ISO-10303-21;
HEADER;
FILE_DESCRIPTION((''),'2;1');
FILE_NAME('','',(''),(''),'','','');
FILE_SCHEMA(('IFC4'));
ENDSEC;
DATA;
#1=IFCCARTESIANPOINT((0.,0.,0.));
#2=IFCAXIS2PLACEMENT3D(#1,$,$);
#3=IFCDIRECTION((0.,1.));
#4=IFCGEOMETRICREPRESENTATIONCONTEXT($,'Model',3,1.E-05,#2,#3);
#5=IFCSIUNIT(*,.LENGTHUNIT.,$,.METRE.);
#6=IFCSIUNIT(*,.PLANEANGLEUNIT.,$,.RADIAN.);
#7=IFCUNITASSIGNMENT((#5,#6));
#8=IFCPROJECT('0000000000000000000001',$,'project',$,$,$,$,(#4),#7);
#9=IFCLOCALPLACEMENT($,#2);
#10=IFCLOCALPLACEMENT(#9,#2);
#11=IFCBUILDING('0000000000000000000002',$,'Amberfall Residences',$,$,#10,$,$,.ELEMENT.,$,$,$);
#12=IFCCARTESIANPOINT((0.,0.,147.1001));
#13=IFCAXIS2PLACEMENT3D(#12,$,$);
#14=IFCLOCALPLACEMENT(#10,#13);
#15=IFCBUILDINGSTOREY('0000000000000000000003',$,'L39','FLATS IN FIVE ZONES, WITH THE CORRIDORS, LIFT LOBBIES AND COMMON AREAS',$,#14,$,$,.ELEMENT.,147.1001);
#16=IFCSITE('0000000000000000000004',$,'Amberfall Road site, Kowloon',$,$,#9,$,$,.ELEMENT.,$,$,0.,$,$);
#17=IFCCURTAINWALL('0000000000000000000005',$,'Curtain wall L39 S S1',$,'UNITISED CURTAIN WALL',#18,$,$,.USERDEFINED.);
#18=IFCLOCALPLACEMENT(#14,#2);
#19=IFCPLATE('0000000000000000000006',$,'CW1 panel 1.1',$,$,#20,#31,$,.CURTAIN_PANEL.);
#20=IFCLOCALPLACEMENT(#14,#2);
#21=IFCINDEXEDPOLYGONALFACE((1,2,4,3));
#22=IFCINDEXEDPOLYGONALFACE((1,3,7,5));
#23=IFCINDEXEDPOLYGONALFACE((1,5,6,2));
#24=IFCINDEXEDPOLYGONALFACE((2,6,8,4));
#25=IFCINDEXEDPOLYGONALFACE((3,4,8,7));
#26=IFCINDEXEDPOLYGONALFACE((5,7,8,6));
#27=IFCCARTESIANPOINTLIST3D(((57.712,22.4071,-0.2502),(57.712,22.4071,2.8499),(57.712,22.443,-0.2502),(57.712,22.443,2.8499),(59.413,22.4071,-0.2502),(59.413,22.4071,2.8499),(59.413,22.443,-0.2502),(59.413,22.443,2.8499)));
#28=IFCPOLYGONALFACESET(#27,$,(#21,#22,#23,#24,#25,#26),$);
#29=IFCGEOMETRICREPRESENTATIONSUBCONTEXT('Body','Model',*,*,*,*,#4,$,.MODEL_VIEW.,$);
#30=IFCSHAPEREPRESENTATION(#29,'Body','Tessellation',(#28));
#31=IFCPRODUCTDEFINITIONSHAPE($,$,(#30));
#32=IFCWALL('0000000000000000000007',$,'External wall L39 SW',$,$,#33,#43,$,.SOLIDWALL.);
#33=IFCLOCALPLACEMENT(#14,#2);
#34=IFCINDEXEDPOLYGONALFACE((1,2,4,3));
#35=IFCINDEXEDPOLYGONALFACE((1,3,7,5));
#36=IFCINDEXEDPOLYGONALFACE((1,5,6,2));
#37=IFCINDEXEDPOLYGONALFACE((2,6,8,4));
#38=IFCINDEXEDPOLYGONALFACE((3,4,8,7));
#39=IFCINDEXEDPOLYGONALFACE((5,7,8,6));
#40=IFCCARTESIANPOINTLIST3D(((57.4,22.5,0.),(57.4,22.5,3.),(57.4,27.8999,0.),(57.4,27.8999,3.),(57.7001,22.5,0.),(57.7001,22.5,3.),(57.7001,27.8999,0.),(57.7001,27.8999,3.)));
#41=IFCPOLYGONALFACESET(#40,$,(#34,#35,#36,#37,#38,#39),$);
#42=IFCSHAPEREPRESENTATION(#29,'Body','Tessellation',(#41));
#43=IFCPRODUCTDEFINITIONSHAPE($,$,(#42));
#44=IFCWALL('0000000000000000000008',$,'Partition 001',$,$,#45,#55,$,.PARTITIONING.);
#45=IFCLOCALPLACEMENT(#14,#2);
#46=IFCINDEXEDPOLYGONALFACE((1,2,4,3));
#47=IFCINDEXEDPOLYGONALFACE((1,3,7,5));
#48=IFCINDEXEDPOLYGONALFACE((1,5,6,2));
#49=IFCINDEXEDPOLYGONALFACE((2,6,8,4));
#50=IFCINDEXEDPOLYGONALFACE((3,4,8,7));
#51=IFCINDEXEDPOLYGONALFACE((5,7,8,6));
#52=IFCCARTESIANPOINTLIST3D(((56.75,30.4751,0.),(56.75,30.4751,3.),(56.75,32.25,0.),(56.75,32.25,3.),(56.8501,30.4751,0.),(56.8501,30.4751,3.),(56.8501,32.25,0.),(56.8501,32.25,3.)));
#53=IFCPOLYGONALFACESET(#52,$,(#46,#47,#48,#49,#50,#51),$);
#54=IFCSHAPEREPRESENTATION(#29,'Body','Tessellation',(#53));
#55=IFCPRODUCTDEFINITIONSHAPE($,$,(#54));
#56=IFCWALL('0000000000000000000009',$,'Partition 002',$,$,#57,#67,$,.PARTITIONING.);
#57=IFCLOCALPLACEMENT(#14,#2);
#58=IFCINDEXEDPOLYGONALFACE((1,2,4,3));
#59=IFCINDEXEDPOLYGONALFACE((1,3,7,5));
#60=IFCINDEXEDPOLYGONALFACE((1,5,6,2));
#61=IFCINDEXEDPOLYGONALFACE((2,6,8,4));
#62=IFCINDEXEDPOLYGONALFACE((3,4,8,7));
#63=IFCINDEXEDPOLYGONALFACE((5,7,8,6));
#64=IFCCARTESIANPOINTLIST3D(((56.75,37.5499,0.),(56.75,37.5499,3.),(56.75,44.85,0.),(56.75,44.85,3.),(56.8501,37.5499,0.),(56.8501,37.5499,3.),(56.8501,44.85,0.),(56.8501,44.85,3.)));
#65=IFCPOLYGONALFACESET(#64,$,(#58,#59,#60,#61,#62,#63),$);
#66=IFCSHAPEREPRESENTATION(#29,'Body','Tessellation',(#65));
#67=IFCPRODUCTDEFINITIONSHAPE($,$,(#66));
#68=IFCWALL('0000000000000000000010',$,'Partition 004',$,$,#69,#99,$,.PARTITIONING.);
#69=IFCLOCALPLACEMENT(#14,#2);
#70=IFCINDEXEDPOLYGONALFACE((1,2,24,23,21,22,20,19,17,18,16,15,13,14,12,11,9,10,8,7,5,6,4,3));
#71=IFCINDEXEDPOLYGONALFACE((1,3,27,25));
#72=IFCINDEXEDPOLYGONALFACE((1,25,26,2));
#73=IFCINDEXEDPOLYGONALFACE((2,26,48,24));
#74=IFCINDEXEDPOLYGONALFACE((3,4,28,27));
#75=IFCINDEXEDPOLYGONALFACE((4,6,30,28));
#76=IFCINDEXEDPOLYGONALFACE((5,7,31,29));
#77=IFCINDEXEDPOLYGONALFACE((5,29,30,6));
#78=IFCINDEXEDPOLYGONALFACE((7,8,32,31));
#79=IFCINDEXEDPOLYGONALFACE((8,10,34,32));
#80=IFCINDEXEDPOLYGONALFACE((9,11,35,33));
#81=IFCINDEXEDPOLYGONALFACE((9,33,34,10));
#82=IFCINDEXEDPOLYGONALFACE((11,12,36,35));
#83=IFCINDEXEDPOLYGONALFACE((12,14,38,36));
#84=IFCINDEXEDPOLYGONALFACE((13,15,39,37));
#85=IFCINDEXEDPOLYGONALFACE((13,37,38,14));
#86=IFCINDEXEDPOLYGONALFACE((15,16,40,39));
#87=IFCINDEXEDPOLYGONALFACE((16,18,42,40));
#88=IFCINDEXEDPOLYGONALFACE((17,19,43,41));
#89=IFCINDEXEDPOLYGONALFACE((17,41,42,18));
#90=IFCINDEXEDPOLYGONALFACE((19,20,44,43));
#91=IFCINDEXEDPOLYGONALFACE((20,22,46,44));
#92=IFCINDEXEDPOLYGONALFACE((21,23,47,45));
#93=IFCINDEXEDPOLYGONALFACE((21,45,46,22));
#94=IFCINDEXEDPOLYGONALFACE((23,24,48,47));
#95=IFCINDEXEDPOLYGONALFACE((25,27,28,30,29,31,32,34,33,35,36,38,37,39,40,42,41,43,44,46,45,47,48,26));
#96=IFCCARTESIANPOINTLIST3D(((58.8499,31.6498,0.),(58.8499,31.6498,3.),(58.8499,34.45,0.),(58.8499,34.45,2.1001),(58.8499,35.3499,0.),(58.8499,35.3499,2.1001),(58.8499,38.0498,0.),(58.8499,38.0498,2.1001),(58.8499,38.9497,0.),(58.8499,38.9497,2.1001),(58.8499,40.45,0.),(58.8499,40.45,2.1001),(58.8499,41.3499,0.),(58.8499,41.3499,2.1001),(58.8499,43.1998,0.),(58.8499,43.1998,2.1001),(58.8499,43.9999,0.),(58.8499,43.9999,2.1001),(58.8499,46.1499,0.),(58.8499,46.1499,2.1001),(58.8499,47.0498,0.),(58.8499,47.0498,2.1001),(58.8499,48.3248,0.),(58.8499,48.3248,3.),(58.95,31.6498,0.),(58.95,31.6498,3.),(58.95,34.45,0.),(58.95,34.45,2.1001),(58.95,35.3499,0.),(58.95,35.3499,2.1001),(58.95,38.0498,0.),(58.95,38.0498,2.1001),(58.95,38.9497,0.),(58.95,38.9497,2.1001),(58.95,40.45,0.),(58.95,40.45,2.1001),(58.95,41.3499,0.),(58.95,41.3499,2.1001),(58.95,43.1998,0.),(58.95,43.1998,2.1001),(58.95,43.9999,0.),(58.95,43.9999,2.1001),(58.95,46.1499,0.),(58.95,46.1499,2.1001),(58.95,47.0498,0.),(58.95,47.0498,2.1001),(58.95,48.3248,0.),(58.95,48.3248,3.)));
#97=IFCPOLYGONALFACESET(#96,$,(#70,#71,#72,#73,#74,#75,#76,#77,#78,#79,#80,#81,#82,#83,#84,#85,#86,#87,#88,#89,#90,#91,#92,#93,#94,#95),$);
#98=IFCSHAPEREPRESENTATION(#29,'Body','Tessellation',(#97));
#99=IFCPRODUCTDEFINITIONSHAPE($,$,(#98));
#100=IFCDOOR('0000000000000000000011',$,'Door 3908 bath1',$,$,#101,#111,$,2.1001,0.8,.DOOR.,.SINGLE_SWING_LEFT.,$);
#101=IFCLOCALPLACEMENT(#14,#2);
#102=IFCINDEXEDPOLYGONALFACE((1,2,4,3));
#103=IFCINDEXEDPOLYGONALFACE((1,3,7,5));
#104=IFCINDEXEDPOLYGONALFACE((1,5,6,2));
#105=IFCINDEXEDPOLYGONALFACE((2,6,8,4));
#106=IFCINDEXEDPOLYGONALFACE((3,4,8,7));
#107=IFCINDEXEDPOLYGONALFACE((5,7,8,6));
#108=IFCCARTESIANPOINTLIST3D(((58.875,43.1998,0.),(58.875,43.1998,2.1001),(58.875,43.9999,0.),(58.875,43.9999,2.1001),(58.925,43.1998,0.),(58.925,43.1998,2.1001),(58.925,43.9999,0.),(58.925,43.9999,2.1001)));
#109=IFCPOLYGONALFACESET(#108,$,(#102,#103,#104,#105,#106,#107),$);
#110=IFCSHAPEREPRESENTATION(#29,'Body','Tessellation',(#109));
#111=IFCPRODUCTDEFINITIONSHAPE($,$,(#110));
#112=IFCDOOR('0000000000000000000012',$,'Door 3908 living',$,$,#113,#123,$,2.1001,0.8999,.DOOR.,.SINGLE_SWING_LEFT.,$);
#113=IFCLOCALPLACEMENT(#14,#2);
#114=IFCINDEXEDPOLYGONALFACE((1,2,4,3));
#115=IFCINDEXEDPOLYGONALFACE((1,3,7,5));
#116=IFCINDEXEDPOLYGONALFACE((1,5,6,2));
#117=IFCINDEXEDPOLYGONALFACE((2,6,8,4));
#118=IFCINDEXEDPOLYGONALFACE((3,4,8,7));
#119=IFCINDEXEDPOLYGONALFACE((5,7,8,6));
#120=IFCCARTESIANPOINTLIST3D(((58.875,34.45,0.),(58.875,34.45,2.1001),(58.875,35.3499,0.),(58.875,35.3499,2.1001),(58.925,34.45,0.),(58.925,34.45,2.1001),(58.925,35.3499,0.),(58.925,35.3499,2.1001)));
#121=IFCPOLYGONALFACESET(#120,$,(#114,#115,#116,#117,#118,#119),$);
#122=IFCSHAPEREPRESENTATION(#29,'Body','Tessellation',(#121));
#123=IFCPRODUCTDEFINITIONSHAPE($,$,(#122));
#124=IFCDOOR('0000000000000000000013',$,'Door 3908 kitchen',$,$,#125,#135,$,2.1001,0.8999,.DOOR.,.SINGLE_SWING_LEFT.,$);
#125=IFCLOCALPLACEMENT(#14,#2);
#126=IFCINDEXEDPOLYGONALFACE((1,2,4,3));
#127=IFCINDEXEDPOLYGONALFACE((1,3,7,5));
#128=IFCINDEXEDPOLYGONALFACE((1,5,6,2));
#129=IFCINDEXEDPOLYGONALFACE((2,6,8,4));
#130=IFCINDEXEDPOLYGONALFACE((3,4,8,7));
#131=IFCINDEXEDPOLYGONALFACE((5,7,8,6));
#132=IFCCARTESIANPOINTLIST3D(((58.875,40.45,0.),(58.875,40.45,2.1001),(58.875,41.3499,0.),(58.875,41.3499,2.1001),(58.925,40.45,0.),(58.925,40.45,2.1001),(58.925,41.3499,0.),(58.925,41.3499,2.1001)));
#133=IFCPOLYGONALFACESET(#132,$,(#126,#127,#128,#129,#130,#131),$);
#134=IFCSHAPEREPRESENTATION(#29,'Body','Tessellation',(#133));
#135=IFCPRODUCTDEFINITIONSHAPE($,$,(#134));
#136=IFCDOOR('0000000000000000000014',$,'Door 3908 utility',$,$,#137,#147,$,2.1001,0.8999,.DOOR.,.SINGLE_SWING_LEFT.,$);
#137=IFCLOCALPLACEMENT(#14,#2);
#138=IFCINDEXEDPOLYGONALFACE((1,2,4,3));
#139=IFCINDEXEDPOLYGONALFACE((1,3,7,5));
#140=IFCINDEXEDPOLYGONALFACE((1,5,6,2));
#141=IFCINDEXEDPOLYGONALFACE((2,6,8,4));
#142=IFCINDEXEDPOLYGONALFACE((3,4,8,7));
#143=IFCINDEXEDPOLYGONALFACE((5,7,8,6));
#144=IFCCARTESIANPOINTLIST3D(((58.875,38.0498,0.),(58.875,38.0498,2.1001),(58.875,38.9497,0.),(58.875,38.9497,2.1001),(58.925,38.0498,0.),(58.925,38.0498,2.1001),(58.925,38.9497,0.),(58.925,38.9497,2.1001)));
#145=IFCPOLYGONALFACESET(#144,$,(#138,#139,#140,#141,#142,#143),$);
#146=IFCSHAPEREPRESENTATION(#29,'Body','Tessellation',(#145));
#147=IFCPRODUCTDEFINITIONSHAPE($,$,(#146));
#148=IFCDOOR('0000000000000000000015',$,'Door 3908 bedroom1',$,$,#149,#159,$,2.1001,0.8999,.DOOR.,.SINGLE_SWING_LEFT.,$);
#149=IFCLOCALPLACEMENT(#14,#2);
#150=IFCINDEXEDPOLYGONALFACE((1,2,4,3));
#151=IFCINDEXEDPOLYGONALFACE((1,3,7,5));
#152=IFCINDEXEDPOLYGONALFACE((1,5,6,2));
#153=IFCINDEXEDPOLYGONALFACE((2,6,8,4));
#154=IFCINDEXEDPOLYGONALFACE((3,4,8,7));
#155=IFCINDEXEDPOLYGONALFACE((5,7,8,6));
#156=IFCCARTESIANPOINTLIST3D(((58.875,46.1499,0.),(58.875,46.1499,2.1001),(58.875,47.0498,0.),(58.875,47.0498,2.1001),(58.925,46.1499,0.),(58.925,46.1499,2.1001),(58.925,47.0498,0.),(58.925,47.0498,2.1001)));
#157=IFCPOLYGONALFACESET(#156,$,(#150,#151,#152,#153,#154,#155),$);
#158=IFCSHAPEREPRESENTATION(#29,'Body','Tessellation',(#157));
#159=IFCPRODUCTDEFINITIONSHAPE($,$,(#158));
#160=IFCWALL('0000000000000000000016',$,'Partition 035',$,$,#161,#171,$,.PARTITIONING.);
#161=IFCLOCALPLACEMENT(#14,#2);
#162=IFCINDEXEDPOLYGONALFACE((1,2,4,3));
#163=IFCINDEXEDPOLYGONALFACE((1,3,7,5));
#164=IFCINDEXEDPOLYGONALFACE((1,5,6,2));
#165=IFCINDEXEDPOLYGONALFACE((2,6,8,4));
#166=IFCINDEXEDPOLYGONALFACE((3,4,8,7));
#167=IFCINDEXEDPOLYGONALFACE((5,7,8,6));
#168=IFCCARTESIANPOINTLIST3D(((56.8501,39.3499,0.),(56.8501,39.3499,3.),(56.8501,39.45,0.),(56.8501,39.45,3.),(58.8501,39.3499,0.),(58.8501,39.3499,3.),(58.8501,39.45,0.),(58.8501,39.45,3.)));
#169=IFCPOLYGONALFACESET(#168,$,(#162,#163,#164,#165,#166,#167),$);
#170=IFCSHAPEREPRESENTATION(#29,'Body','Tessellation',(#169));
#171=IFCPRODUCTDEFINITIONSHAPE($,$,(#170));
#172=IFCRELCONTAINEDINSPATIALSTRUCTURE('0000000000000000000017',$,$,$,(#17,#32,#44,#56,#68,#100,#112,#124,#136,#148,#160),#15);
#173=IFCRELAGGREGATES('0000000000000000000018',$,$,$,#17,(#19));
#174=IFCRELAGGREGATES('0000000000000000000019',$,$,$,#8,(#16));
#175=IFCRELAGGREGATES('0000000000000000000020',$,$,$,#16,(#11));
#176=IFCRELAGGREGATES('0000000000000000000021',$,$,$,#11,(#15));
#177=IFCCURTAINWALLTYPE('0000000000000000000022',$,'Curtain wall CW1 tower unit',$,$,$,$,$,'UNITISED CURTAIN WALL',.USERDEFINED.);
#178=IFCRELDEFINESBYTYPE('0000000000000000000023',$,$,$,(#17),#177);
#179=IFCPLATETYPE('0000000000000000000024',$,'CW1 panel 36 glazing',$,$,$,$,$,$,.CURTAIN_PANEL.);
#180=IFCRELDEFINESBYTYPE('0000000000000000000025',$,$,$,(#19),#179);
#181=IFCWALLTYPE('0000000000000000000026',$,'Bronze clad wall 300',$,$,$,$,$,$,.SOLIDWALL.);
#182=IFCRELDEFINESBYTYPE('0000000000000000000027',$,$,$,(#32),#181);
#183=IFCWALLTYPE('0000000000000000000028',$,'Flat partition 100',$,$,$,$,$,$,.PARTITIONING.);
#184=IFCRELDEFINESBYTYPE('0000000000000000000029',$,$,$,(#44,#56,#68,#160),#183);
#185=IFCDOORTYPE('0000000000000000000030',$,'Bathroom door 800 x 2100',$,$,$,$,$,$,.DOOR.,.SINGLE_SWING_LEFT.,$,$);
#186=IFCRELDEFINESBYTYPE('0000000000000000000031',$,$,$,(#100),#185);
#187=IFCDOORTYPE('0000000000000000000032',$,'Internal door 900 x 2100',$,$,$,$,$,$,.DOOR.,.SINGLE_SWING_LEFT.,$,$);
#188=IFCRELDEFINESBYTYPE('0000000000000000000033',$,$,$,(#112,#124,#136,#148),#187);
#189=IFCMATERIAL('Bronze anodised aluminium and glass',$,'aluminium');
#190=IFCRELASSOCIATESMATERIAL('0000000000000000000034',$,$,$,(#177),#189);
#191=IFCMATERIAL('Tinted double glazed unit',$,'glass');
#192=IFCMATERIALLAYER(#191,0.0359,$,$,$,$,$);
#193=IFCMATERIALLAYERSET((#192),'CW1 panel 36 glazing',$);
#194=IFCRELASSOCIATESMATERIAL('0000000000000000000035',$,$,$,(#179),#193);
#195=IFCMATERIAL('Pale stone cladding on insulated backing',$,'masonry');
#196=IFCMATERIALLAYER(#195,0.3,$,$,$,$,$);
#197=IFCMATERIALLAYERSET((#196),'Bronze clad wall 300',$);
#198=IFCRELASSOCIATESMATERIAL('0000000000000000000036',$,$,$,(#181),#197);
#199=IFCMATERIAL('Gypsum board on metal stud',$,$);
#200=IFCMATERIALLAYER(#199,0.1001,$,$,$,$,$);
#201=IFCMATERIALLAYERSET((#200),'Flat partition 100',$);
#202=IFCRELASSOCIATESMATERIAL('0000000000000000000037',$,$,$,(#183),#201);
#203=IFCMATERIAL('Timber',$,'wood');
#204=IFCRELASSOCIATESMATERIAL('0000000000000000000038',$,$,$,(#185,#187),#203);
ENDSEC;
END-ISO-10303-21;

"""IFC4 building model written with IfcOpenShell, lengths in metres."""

from ifc_helpers import new_model, si_unit, direction, frame, frame_2d, origin, origin_2d, place, context, subcontext, project, spatial, rectangle, extrude, material, layer, layer_set, type_object, element, fill, aggregate, save


model = new_model("IFC4")

# Units and contexts
model_context = context("Model", 3, precision=1e-05, world=origin(), true_north=direction((0.0, 1.0)))
body_context = subcontext(model_context, "Body", "Model", "MODEL_VIEW")
ifc_project = project(units=[si_unit("LENGTHUNIT", "METRE"), si_unit("PLANEANGLEUNIT", "RADIAN")], contexts=[model_context])

# Site, building, storey
site_placement = place(None, origin())
site = spatial("IfcSite", under=ifc_project, at=site_placement, Name="Amberfall Road site, Kowloon", CompositionType="ELEMENT", RefElevation=0.0)
building_placement = place(site_placement, origin())
building = spatial("IfcBuilding", under=site, at=building_placement, Name="Amberfall Residences", CompositionType="ELEMENT")
storey_placement = place(building_placement, frame((0.0, 0.0, 147.1001)))
storey = spatial("IfcBuildingStorey", under=building, at=storey_placement, Name="L39", Description="FLATS IN FIVE ZONES, WITH THE CORRIDORS, LIFT LOBBIES AND COMMON AREAS", CompositionType="ELEMENT", Elevation=147.1001)

# Curtain wall
ifc_material_1 = material(Name="Bronze anodised aluminium and glass", Category="aluminium")
curtain_wall_type = type_object("IfcCurtainWallType", Name="Curtain wall CW1 tower unit", ElementType="UNITISED CURTAIN WALL", PredefinedType="USERDEFINED", material=ifc_material_1)
curtain_wall_placement = place(storey_placement, origin())
curtain_wall = element("IfcCurtainWall", 1, at=curtain_wall_placement, inside=storey, type_object=curtain_wall_type, Name="Curtain wall L39 S S1", ObjectType="UNITISED CURTAIN WALL", PredefinedType="USERDEFINED")

# Plate
ifc_material_2 = material(Name="Tinted double glazed unit", Category="glass")
ifc_layer_1 = layer(ifc_material_2, 0.0359)
ifc_layer_set_1 = layer_set([ifc_layer_1], Name="CW1 panel 36 glazing")
plate_type = type_object("IfcPlateType", Name="CW1 panel 36 glazing", PredefinedType="CURTAIN_PANEL", material=ifc_layer_set_1)
plate_placement = place(storey_placement, frame((58.5625, 22.425, -0.2502), z_axis=(0.0, 0.0, 1.0), x_axis=(1.0, 0.0, 0.0)))
plate = element("IfcPlate", 2, at=plate_placement, type_object=plate_type, Name="CW1 panel 1.1", PredefinedType="CURTAIN_PANEL", context=body_context, shape_type="SweptSolid", body=[
    extrude(rectangle(XDim=1.7009, YDim=0.0359, at=origin_2d()), origin(), (0.0, 0.0, 1.0), 3.1001),
])
aggregate(curtain_wall, [plate])

# Walls
ifc_material_3 = material(Name="Pale stone cladding on insulated backing", Category="masonry")
ifc_layer_2 = layer(ifc_material_3, 0.3)
ifc_layer_set_2 = layer_set([ifc_layer_2], Name="Bronze clad wall 300")
wall_type_1 = type_object("IfcWallType", Name="Bronze clad wall 300", PredefinedType="SOLIDWALL", material=ifc_layer_set_2)
wall_1_placement = place(storey_placement, frame((57.55, 27.8999, 0.0), z_axis=(0.0, 0.0, 1.0), x_axis=(0.0, -1.0, 0.0)))
element("IfcWall", 3, at=wall_1_placement, inside=storey, type_object=wall_type_1, Name="External wall L39 SW", PredefinedType="SOLIDWALL", context=body_context, shape_type="SweptSolid", body=[
    extrude(rectangle(XDim=5.3999, YDim=0.3, at=frame_2d((2.7, 0.0))), origin(), (0.0, 0.0, 1.0), 3.0),
])
ifc_material_4 = material(Name="Gypsum board on metal stud")
ifc_layer_3 = layer(ifc_material_4, 0.1001)
ifc_layer_set_3 = layer_set([ifc_layer_3], Name="Flat partition 100")
wall_type_2 = type_object("IfcWallType", Name="Flat partition 100", PredefinedType="PARTITIONING", material=ifc_layer_set_3)
wall_2_placement = place(storey_placement, frame((56.8, 30.4751, 0.0), z_axis=(0.0, 0.0, 1.0), x_axis=(0.0, 1.0, 0.0)))
element("IfcWall", 4, at=wall_2_placement, inside=storey, type_object=wall_type_2, Name="Partition 001", PredefinedType="PARTITIONING", context=body_context, shape_type="SweptSolid", body=[
    extrude(rectangle(XDim=1.7749, YDim=0.1001, at=frame_2d((0.8875, 0.0))), origin(), (0.0, 0.0, 1.0), 3.0),
])
wall_3_placement = place(storey_placement, frame((56.8, 37.55, 0.0), z_axis=(0.0, 0.0, 1.0), x_axis=(0.0, 1.0, 0.0)))
element("IfcWall", 5, at=wall_3_placement, inside=storey, type_object=wall_type_2, Name="Partition 002", PredefinedType="PARTITIONING", context=body_context, shape_type="SweptSolid", body=[
    extrude(rectangle(XDim=7.3, YDim=0.1001, at=frame_2d((3.6499, 0.0))), origin(), (0.0, 0.0, 1.0), 3.0),
])

# Wall, openings, doors
wall_4_placement = place(storey_placement, frame((58.8999, 31.6499, 0.0), z_axis=(0.0, 0.0, 1.0), x_axis=(0.0, 1.0, 0.0)))
wall_4 = element("IfcWall", 6, at=wall_4_placement, inside=storey, type_object=wall_type_2, Name="Partition 004", PredefinedType="PARTITIONING", context=body_context, shape_type="SweptSolid", body=[
    extrude(rectangle(XDim=16.675, YDim=0.1001, at=frame_2d((8.3374, 0.0))), origin(), (0.0, 0.0, 1.0), 3.0),
])
opening_1_placement = place(wall_4_placement, frame((2.8, 0.0, 0.0)))
opening_1 = element("IfcOpeningElement", 7, at=opening_1_placement, cuts=wall_4, PredefinedType="OPENING", context=body_context, shape_type="SweptSolid", body=[
    extrude(rectangle(XDim=0.8999, YDim=2.1001, at=frame_2d((0.45, 1.05))), frame((0.0, 0.0601, 0.0), z_axis=(0.0, -1.0, 0.0), x_axis=(1.0, 0.0, 0.0)), (0.0, 0.0, 1.0), 0.1201),
])
opening_2_placement = place(wall_4_placement, frame((8.8, 0.0, 0.0)))
opening_2 = element("IfcOpeningElement", 8, at=opening_2_placement, cuts=wall_4, PredefinedType="OPENING", context=body_context, shape_type="SweptSolid", body=[
    extrude(rectangle(XDim=0.8999, YDim=2.1001, at=frame_2d((0.45, 1.05))), frame((0.0, 0.0601, 0.0), z_axis=(0.0, -1.0, 0.0), x_axis=(1.0, 0.0, 0.0)), (0.0, 0.0, 1.0), 0.1201),
])
opening_3_placement = place(wall_4_placement, frame((6.3999, 0.0, 0.0)))
opening_3 = element("IfcOpeningElement", 9, at=opening_3_placement, cuts=wall_4, PredefinedType="OPENING", context=body_context, shape_type="SweptSolid", body=[
    extrude(rectangle(XDim=0.8999, YDim=2.1001, at=frame_2d((0.45, 1.05))), frame((0.0, 0.0601, 0.0), z_axis=(0.0, -1.0, 0.0), x_axis=(1.0, 0.0, 0.0)), (0.0, 0.0, 1.0), 0.1201),
])
opening_4_placement = place(wall_4_placement, frame((14.5, 0.0, 0.0)))
opening_4 = element("IfcOpeningElement", 10, at=opening_4_placement, cuts=wall_4, PredefinedType="OPENING", context=body_context, shape_type="SweptSolid", body=[
    extrude(rectangle(XDim=0.8999, YDim=2.1001, at=frame_2d((0.45, 1.05))), frame((0.0, 0.0601, 0.0), z_axis=(0.0, -1.0, 0.0), x_axis=(1.0, 0.0, 0.0)), (0.0, 0.0, 1.0), 0.1201),
])
opening_5_placement = place(wall_4_placement, frame((11.55, 0.0, 0.0)))
opening_5 = element("IfcOpeningElement", 11, at=opening_5_placement, cuts=wall_4, PredefinedType="OPENING", context=body_context, shape_type="SweptSolid", body=[
    extrude(rectangle(XDim=0.8, YDim=2.1001, at=frame_2d((0.3999, 1.05))), frame((0.0, 0.0601, 0.0), z_axis=(0.0, -1.0, 0.0), x_axis=(1.0, 0.0, 0.0)), (0.0, 0.0, 1.0), 0.1201),
])
ifc_material_5 = material(Name="Timber", Category="wood")
door_type_1 = type_object("IfcDoorType", Name="Bathroom door 800 x 2100", OperationType="SINGLE_SWING_LEFT", PredefinedType="DOOR", material=ifc_material_5)
door_1_placement = place(opening_5_placement, origin())
door_1 = element("IfcDoor", 12, at=door_1_placement, inside=storey, type_object=door_type_1, Name="Door 3908 bath1", OperationType="SINGLE_SWING_LEFT", OverallHeight=2.1001, OverallWidth=0.8, PredefinedType="DOOR", context=body_context, shape_type="SweptSolid", body=[
    extrude(rectangle(XDim=0.8, YDim=2.1001, at=frame_2d((0.3999, 1.05))), frame((0.0, 0.0249, 0.0), z_axis=(0.0, -1.0, 0.0), x_axis=(1.0, 0.0, 0.0)), (0.0, 0.0, 1.0), 0.05),
])
fill(opening_5, door_1)
door_type_2 = type_object("IfcDoorType", Name="Internal door 900 x 2100", OperationType="SINGLE_SWING_LEFT", PredefinedType="DOOR", material=ifc_material_5)
door_2_placement = place(opening_1_placement, origin())
door_2 = element("IfcDoor", 13, at=door_2_placement, inside=storey, type_object=door_type_2, Name="Door 3908 living", OperationType="SINGLE_SWING_LEFT", OverallHeight=2.1001, OverallWidth=0.8999, PredefinedType="DOOR", context=body_context, shape_type="SweptSolid", body=[
    extrude(rectangle(XDim=0.8999, YDim=2.1001, at=frame_2d((0.45, 1.05))), frame((0.0, 0.0249, 0.0), z_axis=(0.0, -1.0, 0.0), x_axis=(1.0, 0.0, 0.0)), (0.0, 0.0, 1.0), 0.05),
])
fill(opening_1, door_2)
door_3_placement = place(opening_2_placement, origin())
door_3 = element("IfcDoor", 14, at=door_3_placement, inside=storey, type_object=door_type_2, Name="Door 3908 kitchen", OperationType="SINGLE_SWING_LEFT", OverallHeight=2.1001, OverallWidth=0.8999, PredefinedType="DOOR", context=body_context, shape_type="SweptSolid", body=[
    extrude(rectangle(XDim=0.8999, YDim=2.1001, at=frame_2d((0.45, 1.05))), frame((0.0, 0.0249, 0.0), z_axis=(0.0, -1.0, 0.0), x_axis=(1.0, 0.0, 0.0)), (0.0, 0.0, 1.0), 0.05),
])
fill(opening_2, door_3)
door_4_placement = place(opening_3_placement, origin())
door_4 = element("IfcDoor", 15, at=door_4_placement, inside=storey, type_object=door_type_2, Name="Door 3908 utility", OperationType="SINGLE_SWING_LEFT", OverallHeight=2.1001, OverallWidth=0.8999, PredefinedType="DOOR", context=body_context, shape_type="SweptSolid", body=[
    extrude(rectangle(XDim=0.8999, YDim=2.1001, at=frame_2d((0.45, 1.05))), frame((0.0, 0.0249, 0.0), z_axis=(0.0, -1.0, 0.0), x_axis=(1.0, 0.0, 0.0)), (0.0, 0.0, 1.0), 0.05),
])
fill(opening_3, door_4)
door_5_placement = place(opening_4_placement, origin())
door_5 = element("IfcDoor", 16, at=door_5_placement, inside=storey, type_object=door_type_2, Name="Door 3908 bedroom1", OperationType="SINGLE_SWING_LEFT", OverallHeight=2.1001, OverallWidth=0.8999, PredefinedType="DOOR", context=body_context, shape_type="SweptSolid", body=[
    extrude(rectangle(XDim=0.8999, YDim=2.1001, at=frame_2d((0.45, 1.05))), frame((0.0, 0.0249, 0.0), z_axis=(0.0, -1.0, 0.0), x_axis=(1.0, 0.0, 0.0)), (0.0, 0.0, 1.0), 0.05),
])
fill(opening_4, door_5)

# Wall
for number, where, z_axis, x_axis, name in (
    (17, (56.8501, 39.3999, 0.0), (0.0, 0.0, 1.0), (1.0, 0.0, 0.0), "Partition 035"),
):
    element("IfcWall", number, at=place(storey_placement, frame(where, z_axis=z_axis, x_axis=x_axis)), inside=storey, type_object=wall_type_2, Name=name, PredefinedType="PARTITIONING", context=body_context, shape_type="SweptSolid", body=[
        extrude(rectangle(XDim=2.0, YDim=0.1001, at=frame_2d((1.0, 0.0))), origin(), (0.0, 0.0, 1.0), 3.0),
    ])

save(model, "model.ifc")
